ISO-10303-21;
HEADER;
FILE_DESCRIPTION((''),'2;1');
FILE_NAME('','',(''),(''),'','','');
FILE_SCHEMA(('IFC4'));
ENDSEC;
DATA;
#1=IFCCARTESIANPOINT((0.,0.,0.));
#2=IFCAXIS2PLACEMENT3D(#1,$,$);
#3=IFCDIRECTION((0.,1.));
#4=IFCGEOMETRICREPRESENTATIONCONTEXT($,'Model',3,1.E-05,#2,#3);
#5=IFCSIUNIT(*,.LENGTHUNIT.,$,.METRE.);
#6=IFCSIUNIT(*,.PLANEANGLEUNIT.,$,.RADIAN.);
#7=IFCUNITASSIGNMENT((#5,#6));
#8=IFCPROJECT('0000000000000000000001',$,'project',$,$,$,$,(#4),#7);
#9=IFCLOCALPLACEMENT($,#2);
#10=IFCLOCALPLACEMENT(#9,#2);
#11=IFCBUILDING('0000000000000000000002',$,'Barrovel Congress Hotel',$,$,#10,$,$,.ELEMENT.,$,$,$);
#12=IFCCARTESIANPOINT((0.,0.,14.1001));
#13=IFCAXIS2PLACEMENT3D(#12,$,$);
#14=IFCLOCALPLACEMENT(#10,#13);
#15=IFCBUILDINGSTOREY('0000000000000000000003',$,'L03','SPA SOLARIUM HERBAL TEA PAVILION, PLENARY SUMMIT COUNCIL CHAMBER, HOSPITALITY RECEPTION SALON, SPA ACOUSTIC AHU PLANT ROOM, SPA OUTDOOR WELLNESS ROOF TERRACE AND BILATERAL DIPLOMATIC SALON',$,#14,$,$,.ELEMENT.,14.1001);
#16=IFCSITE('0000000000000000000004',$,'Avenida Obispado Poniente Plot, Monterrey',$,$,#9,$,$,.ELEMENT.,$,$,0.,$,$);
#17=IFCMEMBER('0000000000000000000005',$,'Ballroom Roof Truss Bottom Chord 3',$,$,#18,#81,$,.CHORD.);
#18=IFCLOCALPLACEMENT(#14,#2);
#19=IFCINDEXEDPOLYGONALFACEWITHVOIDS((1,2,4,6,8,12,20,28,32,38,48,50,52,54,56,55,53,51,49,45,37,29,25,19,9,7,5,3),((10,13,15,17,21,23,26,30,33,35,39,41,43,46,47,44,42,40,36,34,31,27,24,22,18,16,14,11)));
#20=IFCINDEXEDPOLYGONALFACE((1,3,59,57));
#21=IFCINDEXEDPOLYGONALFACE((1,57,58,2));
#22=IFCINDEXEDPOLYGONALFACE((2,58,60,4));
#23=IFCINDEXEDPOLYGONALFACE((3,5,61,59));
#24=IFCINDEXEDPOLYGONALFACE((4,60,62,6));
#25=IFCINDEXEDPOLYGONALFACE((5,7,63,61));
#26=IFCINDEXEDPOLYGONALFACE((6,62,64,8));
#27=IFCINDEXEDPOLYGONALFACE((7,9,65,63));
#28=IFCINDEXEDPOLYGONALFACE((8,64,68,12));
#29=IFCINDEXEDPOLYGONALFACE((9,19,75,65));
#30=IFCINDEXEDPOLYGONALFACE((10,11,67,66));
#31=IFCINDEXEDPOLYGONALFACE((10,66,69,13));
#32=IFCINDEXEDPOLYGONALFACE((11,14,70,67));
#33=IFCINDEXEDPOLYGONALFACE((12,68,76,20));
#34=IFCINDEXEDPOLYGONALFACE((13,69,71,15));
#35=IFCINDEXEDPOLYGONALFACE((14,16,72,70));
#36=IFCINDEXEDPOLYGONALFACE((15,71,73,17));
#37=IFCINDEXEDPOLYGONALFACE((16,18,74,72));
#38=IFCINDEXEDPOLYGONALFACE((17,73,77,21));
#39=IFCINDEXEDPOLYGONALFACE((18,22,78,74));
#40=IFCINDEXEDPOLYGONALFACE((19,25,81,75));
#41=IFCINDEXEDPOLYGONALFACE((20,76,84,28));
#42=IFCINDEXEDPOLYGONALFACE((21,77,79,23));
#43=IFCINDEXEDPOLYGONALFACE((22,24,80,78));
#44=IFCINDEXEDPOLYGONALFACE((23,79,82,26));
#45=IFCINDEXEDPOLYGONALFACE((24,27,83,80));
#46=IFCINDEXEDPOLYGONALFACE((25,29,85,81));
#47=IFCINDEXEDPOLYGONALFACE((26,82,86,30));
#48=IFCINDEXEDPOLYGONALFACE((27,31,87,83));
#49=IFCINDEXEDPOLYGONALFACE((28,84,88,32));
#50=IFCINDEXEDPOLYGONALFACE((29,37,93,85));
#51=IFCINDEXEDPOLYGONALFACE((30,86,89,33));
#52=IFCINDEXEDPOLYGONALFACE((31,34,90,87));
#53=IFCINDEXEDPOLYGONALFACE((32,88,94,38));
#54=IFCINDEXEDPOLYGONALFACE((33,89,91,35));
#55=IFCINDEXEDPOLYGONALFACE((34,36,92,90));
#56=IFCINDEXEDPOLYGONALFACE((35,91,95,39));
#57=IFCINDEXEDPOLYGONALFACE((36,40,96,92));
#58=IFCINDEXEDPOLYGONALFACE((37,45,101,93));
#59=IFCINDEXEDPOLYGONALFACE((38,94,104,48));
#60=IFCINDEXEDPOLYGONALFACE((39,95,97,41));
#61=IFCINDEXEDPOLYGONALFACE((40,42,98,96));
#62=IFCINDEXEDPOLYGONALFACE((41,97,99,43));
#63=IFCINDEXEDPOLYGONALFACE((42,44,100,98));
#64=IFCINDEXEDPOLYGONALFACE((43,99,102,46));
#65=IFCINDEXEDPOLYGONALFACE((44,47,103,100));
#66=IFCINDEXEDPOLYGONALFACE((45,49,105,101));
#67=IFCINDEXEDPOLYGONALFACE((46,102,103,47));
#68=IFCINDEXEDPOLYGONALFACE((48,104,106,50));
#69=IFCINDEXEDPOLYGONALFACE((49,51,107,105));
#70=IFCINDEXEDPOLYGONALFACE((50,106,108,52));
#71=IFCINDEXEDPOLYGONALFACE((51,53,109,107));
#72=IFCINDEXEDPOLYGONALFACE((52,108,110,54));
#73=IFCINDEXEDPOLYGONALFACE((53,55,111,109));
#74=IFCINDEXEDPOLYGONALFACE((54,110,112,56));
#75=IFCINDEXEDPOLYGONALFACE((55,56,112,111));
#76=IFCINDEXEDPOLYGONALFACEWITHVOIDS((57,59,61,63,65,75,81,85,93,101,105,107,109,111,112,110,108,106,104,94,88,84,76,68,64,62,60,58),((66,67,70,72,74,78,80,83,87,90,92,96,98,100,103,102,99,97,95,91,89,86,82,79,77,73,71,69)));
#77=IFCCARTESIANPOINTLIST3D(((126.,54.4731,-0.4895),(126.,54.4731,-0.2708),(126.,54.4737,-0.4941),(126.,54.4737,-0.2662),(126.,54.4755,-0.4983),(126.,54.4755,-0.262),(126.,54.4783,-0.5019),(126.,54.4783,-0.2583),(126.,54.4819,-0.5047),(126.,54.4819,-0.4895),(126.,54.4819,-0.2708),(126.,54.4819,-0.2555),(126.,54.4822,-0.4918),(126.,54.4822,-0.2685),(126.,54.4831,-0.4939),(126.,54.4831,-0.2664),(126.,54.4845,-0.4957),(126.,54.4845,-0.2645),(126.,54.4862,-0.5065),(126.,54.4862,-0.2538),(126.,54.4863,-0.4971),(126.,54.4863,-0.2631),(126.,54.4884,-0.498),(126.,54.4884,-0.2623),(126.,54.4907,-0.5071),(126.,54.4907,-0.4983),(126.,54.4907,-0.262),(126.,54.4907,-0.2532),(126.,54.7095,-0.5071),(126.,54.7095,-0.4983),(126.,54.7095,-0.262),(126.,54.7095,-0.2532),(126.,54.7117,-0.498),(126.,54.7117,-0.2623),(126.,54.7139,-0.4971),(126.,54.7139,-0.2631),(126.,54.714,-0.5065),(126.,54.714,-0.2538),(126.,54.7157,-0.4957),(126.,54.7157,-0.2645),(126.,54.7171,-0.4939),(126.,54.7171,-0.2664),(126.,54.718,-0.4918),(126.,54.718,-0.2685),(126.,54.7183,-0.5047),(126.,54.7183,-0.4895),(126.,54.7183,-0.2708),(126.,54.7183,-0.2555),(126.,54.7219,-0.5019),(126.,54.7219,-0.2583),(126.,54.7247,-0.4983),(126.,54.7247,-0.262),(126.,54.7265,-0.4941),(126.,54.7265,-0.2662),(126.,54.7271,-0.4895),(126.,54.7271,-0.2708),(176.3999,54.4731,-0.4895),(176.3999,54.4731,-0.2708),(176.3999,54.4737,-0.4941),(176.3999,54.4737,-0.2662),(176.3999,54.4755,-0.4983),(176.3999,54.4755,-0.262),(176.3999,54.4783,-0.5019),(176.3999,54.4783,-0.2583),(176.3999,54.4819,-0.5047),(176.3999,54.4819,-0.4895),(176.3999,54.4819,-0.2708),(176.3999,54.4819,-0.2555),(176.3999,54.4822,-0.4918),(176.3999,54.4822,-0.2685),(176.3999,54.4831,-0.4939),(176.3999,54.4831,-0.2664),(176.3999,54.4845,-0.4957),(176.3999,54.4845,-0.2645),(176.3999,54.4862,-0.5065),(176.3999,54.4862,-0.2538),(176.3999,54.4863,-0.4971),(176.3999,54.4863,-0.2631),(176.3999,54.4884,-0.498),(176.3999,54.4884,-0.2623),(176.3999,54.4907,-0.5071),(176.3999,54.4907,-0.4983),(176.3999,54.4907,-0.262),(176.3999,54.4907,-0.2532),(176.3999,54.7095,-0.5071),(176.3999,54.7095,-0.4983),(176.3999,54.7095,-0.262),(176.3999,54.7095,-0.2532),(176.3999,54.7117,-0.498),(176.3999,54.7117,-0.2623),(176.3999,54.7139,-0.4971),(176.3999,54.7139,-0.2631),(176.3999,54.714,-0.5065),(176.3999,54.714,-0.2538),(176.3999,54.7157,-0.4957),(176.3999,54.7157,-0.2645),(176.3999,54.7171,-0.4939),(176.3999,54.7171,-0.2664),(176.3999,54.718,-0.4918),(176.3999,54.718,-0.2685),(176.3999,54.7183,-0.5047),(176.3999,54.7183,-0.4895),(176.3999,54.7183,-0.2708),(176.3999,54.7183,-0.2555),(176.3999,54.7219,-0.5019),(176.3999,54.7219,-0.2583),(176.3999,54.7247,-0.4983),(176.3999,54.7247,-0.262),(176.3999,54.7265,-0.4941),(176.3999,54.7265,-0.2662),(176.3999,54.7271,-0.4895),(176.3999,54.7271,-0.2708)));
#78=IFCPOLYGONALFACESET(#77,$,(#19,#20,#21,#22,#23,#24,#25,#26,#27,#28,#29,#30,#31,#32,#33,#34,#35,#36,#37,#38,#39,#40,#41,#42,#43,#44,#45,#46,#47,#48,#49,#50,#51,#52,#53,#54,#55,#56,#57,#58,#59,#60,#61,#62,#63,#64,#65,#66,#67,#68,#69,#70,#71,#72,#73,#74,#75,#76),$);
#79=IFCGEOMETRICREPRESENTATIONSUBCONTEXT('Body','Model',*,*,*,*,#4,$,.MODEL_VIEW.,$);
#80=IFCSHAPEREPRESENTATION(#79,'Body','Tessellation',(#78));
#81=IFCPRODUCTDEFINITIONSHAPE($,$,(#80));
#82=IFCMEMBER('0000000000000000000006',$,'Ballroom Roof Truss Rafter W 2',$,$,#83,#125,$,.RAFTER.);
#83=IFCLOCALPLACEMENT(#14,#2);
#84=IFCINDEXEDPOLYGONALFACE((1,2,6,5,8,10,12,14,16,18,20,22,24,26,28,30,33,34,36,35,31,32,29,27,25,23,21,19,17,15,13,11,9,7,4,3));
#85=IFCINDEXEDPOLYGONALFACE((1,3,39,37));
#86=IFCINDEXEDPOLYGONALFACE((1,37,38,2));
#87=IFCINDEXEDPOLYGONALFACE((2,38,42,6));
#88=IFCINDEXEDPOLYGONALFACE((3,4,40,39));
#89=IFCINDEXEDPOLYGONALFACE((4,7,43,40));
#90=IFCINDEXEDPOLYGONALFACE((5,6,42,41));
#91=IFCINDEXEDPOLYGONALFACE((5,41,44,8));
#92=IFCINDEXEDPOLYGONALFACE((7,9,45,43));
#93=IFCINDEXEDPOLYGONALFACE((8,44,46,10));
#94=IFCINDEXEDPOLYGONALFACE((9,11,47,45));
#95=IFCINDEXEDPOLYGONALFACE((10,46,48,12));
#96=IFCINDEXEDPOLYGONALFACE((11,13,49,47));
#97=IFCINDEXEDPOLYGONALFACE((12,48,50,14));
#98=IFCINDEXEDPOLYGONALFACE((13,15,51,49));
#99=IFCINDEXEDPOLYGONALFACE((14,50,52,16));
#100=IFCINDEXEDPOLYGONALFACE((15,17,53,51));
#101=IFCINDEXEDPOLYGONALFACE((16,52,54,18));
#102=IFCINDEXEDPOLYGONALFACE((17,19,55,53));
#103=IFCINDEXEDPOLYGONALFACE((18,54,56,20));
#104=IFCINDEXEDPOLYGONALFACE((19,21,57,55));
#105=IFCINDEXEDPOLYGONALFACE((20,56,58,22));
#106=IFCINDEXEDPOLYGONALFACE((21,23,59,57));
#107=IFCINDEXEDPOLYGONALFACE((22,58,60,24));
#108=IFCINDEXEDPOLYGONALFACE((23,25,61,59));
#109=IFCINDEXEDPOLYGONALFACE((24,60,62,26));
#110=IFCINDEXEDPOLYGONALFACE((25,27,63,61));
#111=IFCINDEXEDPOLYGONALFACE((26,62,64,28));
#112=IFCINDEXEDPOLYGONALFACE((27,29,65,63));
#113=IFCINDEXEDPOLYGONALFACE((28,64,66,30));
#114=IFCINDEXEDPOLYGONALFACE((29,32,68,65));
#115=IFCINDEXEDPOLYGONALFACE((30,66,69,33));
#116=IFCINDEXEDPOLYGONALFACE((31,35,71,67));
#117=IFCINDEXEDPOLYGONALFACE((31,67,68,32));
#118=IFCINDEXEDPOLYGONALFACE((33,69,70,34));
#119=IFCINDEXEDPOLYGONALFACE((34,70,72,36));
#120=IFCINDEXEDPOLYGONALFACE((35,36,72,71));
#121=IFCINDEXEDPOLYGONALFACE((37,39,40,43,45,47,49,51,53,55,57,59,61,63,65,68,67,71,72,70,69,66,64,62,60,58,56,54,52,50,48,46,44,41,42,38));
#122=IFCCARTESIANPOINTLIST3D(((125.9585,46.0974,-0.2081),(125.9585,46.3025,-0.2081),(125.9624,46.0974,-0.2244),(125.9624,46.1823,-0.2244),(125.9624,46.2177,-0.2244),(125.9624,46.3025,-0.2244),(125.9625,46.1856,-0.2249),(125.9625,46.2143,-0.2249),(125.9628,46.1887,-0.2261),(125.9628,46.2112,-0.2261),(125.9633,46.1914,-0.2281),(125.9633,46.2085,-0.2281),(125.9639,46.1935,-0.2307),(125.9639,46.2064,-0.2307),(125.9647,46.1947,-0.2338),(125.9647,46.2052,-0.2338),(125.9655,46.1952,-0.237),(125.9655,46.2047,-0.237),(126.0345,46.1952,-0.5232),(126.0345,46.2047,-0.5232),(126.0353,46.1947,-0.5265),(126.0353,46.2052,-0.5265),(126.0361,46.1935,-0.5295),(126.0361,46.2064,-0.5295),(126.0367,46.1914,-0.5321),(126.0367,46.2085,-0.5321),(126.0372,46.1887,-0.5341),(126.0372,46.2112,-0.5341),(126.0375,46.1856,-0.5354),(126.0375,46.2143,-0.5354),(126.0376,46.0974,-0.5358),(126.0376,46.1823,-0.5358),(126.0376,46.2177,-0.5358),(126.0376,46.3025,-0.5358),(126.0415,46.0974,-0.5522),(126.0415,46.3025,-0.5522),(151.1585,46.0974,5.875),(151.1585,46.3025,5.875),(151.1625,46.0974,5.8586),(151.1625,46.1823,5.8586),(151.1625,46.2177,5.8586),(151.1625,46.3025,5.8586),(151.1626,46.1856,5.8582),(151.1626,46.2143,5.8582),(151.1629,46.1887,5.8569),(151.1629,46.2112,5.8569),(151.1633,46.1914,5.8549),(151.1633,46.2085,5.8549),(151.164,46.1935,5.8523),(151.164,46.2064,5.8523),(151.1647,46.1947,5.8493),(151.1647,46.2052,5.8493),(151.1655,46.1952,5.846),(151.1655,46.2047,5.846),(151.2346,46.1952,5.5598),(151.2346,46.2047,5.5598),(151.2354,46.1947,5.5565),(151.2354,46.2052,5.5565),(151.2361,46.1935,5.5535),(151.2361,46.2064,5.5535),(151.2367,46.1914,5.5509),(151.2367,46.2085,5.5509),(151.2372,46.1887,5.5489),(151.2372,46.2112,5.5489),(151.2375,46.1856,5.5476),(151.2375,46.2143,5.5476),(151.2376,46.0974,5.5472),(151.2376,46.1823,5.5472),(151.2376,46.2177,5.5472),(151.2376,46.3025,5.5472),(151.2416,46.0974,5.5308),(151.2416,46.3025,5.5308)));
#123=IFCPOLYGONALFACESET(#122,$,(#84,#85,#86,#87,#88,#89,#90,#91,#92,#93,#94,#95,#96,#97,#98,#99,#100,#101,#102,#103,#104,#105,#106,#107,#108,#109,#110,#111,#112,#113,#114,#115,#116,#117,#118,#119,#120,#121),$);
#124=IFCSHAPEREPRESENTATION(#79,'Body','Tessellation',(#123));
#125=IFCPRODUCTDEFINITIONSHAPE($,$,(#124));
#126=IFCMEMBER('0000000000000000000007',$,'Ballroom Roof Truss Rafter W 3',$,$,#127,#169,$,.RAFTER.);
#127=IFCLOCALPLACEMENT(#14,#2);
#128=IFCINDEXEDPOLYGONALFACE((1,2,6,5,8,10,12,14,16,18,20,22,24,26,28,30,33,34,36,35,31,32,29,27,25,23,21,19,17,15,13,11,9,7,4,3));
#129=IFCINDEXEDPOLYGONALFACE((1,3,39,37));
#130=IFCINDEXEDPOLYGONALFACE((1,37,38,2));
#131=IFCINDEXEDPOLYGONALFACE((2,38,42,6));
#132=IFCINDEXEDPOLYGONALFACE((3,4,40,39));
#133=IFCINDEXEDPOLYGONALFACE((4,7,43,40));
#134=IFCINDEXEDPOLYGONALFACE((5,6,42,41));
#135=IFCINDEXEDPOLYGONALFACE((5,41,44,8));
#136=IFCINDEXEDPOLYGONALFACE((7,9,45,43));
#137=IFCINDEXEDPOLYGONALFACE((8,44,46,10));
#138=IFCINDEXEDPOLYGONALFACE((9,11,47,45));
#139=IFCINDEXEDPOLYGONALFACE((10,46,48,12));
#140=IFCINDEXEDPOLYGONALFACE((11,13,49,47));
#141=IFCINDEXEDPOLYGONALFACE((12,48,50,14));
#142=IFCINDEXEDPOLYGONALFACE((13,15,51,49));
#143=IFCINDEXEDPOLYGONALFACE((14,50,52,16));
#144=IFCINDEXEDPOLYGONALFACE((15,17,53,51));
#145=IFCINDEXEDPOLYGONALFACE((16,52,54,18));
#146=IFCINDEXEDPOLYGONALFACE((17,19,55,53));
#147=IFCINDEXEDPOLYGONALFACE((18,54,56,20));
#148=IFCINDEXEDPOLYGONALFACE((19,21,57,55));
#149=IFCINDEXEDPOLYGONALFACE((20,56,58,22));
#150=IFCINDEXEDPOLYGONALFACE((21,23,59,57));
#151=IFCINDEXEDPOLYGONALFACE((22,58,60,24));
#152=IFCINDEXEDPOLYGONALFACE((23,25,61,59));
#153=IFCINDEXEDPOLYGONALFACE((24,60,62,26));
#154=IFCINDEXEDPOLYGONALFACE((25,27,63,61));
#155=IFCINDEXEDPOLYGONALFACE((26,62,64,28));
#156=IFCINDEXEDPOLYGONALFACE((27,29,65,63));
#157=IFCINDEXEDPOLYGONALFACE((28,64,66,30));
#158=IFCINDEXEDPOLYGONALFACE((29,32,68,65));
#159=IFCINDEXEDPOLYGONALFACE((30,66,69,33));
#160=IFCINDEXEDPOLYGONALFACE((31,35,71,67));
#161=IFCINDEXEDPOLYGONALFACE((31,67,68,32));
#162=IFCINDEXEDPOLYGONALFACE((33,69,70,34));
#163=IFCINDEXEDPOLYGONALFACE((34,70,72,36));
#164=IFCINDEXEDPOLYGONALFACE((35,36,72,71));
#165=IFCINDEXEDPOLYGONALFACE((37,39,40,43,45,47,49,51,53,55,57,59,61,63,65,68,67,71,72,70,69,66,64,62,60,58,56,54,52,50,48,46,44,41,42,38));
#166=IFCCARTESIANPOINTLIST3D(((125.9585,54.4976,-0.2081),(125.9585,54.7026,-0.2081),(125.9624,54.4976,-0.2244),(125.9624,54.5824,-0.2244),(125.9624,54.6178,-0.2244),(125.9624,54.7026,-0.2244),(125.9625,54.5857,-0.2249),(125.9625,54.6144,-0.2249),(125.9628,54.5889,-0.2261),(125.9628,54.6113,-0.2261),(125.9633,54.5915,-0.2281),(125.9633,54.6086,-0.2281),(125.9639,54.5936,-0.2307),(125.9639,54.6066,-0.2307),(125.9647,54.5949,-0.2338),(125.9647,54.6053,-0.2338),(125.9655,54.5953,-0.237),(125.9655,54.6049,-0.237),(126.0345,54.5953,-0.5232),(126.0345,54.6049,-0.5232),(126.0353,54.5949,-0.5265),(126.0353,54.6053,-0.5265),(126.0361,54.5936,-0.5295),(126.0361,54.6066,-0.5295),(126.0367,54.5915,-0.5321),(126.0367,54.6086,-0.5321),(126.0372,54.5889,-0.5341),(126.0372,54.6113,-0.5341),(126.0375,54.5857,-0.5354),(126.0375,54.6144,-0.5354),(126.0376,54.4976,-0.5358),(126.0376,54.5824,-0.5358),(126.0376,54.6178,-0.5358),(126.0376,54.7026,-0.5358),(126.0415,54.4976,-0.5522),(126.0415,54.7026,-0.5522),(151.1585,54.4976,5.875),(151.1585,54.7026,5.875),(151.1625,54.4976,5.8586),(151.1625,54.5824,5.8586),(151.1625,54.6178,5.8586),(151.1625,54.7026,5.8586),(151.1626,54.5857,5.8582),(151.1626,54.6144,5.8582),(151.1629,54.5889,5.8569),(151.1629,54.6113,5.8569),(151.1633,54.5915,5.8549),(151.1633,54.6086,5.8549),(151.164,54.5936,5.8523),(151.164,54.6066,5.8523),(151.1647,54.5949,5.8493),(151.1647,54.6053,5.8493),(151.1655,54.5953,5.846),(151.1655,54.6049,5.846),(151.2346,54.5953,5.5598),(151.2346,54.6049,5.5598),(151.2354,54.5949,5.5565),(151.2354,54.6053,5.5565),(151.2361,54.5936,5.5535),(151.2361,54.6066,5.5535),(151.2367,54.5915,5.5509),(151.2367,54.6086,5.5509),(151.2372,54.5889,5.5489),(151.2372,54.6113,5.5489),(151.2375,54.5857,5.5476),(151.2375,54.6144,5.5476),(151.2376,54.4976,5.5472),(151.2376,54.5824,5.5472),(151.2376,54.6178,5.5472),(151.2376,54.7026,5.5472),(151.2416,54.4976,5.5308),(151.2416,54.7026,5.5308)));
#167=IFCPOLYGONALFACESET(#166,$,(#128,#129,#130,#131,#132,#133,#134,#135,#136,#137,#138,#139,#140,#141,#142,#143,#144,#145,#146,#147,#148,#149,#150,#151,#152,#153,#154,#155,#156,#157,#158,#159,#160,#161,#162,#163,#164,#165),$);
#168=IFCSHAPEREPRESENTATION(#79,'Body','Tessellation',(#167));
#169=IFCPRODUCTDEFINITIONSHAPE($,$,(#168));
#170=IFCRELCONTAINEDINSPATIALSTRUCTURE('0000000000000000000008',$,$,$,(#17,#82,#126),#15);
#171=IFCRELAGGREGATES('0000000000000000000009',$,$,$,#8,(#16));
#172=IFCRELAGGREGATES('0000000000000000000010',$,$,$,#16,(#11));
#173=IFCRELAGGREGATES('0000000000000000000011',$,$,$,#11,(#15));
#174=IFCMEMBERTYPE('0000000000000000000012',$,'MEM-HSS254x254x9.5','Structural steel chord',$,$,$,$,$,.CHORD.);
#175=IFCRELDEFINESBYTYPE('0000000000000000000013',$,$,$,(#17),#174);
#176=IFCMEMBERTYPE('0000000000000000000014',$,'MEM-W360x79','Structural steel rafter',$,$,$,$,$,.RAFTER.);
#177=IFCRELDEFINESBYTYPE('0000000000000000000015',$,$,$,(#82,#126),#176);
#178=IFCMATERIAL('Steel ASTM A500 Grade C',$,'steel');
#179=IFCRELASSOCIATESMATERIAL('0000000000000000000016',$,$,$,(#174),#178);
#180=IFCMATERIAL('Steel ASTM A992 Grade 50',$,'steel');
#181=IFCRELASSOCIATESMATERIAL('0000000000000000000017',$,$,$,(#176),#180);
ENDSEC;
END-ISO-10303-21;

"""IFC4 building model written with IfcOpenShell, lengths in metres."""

from ifc_helpers import new_model, si_unit, direction, frame, origin, origin_2d, place, context, subcontext, project, spatial, hollow_rectangle, i_section, extrude, material, material_profile, profile_set, type_object, element, save


model = new_model("IFC4")

# Units and contexts
model_context = context("Model", 3, precision=1e-05, world=origin(), true_north=direction((0.0, 1.0)))
body_context = subcontext(model_context, "Body", "Model", "MODEL_VIEW")
ifc_project = project(units=[si_unit("LENGTHUNIT", "METRE"), si_unit("PLANEANGLEUNIT", "RADIAN")], contexts=[model_context])

# Site, building, storey
site_placement = place(None, origin())
site = spatial("IfcSite", under=ifc_project, at=site_placement, Name="Avenida Obispado Poniente Plot, Monterrey", CompositionType="ELEMENT", RefElevation=0.0)
building_placement = place(site_placement, origin())
building = spatial("IfcBuilding", under=site, at=building_placement, Name="Barrovel Congress Hotel", CompositionType="ELEMENT")
storey_placement = place(building_placement, frame((0.0, 0.0, 14.1001)))
storey = spatial("IfcBuildingStorey", under=building, at=storey_placement, Name="L03", Description="SPA SOLARIUM HERBAL TEA PAVILION, PLENARY SUMMIT COUNCIL CHAMBER, HOSPITALITY RECEPTION SALON, SPA ACOUSTIC AHU PLANT ROOM, SPA OUTDOOR WELLNESS ROOF TERRACE AND BILATERAL DIPLOMATIC SALON", CompositionType="ELEMENT", Elevation=14.1001)

# Members
ifc_material_1 = material(Name="Steel ASTM A500 Grade C", Category="steel")
ifc_material_profile_1 = material_profile(ifc_material_1, hollow_rectangle(XDim=0.2539, YDim=0.2539, WallThickness=0.0088, InnerFilletRadius=0.0088, OuterFilletRadius=0.0176, at=origin_2d()), Name="HSS254x254x9.5")
ifc_profile_set_1 = profile_set([ifc_material_profile_1], Name="Steel ASTM A500 Grade C")
member_type_1 = type_object("IfcMemberType", Name="MEM-HSS254x254x9.5", Description="Structural steel chord", PredefinedType="CHORD", material=ifc_profile_set_1)
for number, where, z_axis, x_axis, name in (
    (1, (126.0, 54.6001, -0.3801), (1.0, 0.0, 0.0), (0.0, 1.0, 0.0), "Ballroom Roof Truss Bottom Chord 3"),
):
    element("IfcMember", number, at=place(storey_placement, frame(where, z_axis=z_axis, x_axis=x_axis)), inside=storey, type_object=member_type_1, Name=name, PredefinedType="CHORD", context=body_context, shape_type="SweptSolid", body=[
        extrude(hollow_rectangle(XDim=0.2539, YDim=0.2539, WallThickness=0.0088, InnerFilletRadius=0.0088, OuterFilletRadius=0.0176, at=origin_2d()), origin(), (0.0, 0.0, 1.0), 50.3999),
    ])
ifc_material_2 = material(Name="Steel ASTM A992 Grade 50", Category="steel")
ifc_material_profile_2 = material_profile(ifc_material_2, i_section(OverallWidth=0.2051, OverallDepth=0.354, WebThickness=0.0095, FlangeThickness=0.0168, FilletRadius=0.0129, at=origin_2d()), Name="W360x79")
ifc_profile_set_2 = profile_set([ifc_material_profile_2], Name="Steel ASTM A992 Grade 50")
member_type_2 = type_object("IfcMemberType", Name="MEM-W360x79", Description="Structural steel rafter", PredefinedType="RAFTER", material=ifc_profile_set_2)
for number, where, z_axis, x_axis, name in (
    (2, (126.0, 46.2, -0.3801), (0.97208, 0.0, 0.23465), (0.0, 1.0, 0.0), "Ballroom Roof Truss Rafter W 2"),
    (3, (126.0, 54.6001, -0.3801), (0.97208, 0.0, 0.23465), (0.0, 1.0, 0.0), "Ballroom Roof Truss Rafter W 3"),
):
    element("IfcMember", number, at=place(storey_placement, frame(where, z_axis=z_axis, x_axis=x_axis)), inside=storey, type_object=member_type_2, Name=name, PredefinedType="RAFTER", context=body_context, shape_type="SweptSolid", body=[
        extrude(i_section(OverallWidth=0.2051, OverallDepth=0.354, WebThickness=0.0095, FlangeThickness=0.0168, FilletRadius=0.0129, at=origin_2d()), origin(), (0.0, 0.0, 1.0), 25.9238),
    ])

save(model, "model.ifc")
